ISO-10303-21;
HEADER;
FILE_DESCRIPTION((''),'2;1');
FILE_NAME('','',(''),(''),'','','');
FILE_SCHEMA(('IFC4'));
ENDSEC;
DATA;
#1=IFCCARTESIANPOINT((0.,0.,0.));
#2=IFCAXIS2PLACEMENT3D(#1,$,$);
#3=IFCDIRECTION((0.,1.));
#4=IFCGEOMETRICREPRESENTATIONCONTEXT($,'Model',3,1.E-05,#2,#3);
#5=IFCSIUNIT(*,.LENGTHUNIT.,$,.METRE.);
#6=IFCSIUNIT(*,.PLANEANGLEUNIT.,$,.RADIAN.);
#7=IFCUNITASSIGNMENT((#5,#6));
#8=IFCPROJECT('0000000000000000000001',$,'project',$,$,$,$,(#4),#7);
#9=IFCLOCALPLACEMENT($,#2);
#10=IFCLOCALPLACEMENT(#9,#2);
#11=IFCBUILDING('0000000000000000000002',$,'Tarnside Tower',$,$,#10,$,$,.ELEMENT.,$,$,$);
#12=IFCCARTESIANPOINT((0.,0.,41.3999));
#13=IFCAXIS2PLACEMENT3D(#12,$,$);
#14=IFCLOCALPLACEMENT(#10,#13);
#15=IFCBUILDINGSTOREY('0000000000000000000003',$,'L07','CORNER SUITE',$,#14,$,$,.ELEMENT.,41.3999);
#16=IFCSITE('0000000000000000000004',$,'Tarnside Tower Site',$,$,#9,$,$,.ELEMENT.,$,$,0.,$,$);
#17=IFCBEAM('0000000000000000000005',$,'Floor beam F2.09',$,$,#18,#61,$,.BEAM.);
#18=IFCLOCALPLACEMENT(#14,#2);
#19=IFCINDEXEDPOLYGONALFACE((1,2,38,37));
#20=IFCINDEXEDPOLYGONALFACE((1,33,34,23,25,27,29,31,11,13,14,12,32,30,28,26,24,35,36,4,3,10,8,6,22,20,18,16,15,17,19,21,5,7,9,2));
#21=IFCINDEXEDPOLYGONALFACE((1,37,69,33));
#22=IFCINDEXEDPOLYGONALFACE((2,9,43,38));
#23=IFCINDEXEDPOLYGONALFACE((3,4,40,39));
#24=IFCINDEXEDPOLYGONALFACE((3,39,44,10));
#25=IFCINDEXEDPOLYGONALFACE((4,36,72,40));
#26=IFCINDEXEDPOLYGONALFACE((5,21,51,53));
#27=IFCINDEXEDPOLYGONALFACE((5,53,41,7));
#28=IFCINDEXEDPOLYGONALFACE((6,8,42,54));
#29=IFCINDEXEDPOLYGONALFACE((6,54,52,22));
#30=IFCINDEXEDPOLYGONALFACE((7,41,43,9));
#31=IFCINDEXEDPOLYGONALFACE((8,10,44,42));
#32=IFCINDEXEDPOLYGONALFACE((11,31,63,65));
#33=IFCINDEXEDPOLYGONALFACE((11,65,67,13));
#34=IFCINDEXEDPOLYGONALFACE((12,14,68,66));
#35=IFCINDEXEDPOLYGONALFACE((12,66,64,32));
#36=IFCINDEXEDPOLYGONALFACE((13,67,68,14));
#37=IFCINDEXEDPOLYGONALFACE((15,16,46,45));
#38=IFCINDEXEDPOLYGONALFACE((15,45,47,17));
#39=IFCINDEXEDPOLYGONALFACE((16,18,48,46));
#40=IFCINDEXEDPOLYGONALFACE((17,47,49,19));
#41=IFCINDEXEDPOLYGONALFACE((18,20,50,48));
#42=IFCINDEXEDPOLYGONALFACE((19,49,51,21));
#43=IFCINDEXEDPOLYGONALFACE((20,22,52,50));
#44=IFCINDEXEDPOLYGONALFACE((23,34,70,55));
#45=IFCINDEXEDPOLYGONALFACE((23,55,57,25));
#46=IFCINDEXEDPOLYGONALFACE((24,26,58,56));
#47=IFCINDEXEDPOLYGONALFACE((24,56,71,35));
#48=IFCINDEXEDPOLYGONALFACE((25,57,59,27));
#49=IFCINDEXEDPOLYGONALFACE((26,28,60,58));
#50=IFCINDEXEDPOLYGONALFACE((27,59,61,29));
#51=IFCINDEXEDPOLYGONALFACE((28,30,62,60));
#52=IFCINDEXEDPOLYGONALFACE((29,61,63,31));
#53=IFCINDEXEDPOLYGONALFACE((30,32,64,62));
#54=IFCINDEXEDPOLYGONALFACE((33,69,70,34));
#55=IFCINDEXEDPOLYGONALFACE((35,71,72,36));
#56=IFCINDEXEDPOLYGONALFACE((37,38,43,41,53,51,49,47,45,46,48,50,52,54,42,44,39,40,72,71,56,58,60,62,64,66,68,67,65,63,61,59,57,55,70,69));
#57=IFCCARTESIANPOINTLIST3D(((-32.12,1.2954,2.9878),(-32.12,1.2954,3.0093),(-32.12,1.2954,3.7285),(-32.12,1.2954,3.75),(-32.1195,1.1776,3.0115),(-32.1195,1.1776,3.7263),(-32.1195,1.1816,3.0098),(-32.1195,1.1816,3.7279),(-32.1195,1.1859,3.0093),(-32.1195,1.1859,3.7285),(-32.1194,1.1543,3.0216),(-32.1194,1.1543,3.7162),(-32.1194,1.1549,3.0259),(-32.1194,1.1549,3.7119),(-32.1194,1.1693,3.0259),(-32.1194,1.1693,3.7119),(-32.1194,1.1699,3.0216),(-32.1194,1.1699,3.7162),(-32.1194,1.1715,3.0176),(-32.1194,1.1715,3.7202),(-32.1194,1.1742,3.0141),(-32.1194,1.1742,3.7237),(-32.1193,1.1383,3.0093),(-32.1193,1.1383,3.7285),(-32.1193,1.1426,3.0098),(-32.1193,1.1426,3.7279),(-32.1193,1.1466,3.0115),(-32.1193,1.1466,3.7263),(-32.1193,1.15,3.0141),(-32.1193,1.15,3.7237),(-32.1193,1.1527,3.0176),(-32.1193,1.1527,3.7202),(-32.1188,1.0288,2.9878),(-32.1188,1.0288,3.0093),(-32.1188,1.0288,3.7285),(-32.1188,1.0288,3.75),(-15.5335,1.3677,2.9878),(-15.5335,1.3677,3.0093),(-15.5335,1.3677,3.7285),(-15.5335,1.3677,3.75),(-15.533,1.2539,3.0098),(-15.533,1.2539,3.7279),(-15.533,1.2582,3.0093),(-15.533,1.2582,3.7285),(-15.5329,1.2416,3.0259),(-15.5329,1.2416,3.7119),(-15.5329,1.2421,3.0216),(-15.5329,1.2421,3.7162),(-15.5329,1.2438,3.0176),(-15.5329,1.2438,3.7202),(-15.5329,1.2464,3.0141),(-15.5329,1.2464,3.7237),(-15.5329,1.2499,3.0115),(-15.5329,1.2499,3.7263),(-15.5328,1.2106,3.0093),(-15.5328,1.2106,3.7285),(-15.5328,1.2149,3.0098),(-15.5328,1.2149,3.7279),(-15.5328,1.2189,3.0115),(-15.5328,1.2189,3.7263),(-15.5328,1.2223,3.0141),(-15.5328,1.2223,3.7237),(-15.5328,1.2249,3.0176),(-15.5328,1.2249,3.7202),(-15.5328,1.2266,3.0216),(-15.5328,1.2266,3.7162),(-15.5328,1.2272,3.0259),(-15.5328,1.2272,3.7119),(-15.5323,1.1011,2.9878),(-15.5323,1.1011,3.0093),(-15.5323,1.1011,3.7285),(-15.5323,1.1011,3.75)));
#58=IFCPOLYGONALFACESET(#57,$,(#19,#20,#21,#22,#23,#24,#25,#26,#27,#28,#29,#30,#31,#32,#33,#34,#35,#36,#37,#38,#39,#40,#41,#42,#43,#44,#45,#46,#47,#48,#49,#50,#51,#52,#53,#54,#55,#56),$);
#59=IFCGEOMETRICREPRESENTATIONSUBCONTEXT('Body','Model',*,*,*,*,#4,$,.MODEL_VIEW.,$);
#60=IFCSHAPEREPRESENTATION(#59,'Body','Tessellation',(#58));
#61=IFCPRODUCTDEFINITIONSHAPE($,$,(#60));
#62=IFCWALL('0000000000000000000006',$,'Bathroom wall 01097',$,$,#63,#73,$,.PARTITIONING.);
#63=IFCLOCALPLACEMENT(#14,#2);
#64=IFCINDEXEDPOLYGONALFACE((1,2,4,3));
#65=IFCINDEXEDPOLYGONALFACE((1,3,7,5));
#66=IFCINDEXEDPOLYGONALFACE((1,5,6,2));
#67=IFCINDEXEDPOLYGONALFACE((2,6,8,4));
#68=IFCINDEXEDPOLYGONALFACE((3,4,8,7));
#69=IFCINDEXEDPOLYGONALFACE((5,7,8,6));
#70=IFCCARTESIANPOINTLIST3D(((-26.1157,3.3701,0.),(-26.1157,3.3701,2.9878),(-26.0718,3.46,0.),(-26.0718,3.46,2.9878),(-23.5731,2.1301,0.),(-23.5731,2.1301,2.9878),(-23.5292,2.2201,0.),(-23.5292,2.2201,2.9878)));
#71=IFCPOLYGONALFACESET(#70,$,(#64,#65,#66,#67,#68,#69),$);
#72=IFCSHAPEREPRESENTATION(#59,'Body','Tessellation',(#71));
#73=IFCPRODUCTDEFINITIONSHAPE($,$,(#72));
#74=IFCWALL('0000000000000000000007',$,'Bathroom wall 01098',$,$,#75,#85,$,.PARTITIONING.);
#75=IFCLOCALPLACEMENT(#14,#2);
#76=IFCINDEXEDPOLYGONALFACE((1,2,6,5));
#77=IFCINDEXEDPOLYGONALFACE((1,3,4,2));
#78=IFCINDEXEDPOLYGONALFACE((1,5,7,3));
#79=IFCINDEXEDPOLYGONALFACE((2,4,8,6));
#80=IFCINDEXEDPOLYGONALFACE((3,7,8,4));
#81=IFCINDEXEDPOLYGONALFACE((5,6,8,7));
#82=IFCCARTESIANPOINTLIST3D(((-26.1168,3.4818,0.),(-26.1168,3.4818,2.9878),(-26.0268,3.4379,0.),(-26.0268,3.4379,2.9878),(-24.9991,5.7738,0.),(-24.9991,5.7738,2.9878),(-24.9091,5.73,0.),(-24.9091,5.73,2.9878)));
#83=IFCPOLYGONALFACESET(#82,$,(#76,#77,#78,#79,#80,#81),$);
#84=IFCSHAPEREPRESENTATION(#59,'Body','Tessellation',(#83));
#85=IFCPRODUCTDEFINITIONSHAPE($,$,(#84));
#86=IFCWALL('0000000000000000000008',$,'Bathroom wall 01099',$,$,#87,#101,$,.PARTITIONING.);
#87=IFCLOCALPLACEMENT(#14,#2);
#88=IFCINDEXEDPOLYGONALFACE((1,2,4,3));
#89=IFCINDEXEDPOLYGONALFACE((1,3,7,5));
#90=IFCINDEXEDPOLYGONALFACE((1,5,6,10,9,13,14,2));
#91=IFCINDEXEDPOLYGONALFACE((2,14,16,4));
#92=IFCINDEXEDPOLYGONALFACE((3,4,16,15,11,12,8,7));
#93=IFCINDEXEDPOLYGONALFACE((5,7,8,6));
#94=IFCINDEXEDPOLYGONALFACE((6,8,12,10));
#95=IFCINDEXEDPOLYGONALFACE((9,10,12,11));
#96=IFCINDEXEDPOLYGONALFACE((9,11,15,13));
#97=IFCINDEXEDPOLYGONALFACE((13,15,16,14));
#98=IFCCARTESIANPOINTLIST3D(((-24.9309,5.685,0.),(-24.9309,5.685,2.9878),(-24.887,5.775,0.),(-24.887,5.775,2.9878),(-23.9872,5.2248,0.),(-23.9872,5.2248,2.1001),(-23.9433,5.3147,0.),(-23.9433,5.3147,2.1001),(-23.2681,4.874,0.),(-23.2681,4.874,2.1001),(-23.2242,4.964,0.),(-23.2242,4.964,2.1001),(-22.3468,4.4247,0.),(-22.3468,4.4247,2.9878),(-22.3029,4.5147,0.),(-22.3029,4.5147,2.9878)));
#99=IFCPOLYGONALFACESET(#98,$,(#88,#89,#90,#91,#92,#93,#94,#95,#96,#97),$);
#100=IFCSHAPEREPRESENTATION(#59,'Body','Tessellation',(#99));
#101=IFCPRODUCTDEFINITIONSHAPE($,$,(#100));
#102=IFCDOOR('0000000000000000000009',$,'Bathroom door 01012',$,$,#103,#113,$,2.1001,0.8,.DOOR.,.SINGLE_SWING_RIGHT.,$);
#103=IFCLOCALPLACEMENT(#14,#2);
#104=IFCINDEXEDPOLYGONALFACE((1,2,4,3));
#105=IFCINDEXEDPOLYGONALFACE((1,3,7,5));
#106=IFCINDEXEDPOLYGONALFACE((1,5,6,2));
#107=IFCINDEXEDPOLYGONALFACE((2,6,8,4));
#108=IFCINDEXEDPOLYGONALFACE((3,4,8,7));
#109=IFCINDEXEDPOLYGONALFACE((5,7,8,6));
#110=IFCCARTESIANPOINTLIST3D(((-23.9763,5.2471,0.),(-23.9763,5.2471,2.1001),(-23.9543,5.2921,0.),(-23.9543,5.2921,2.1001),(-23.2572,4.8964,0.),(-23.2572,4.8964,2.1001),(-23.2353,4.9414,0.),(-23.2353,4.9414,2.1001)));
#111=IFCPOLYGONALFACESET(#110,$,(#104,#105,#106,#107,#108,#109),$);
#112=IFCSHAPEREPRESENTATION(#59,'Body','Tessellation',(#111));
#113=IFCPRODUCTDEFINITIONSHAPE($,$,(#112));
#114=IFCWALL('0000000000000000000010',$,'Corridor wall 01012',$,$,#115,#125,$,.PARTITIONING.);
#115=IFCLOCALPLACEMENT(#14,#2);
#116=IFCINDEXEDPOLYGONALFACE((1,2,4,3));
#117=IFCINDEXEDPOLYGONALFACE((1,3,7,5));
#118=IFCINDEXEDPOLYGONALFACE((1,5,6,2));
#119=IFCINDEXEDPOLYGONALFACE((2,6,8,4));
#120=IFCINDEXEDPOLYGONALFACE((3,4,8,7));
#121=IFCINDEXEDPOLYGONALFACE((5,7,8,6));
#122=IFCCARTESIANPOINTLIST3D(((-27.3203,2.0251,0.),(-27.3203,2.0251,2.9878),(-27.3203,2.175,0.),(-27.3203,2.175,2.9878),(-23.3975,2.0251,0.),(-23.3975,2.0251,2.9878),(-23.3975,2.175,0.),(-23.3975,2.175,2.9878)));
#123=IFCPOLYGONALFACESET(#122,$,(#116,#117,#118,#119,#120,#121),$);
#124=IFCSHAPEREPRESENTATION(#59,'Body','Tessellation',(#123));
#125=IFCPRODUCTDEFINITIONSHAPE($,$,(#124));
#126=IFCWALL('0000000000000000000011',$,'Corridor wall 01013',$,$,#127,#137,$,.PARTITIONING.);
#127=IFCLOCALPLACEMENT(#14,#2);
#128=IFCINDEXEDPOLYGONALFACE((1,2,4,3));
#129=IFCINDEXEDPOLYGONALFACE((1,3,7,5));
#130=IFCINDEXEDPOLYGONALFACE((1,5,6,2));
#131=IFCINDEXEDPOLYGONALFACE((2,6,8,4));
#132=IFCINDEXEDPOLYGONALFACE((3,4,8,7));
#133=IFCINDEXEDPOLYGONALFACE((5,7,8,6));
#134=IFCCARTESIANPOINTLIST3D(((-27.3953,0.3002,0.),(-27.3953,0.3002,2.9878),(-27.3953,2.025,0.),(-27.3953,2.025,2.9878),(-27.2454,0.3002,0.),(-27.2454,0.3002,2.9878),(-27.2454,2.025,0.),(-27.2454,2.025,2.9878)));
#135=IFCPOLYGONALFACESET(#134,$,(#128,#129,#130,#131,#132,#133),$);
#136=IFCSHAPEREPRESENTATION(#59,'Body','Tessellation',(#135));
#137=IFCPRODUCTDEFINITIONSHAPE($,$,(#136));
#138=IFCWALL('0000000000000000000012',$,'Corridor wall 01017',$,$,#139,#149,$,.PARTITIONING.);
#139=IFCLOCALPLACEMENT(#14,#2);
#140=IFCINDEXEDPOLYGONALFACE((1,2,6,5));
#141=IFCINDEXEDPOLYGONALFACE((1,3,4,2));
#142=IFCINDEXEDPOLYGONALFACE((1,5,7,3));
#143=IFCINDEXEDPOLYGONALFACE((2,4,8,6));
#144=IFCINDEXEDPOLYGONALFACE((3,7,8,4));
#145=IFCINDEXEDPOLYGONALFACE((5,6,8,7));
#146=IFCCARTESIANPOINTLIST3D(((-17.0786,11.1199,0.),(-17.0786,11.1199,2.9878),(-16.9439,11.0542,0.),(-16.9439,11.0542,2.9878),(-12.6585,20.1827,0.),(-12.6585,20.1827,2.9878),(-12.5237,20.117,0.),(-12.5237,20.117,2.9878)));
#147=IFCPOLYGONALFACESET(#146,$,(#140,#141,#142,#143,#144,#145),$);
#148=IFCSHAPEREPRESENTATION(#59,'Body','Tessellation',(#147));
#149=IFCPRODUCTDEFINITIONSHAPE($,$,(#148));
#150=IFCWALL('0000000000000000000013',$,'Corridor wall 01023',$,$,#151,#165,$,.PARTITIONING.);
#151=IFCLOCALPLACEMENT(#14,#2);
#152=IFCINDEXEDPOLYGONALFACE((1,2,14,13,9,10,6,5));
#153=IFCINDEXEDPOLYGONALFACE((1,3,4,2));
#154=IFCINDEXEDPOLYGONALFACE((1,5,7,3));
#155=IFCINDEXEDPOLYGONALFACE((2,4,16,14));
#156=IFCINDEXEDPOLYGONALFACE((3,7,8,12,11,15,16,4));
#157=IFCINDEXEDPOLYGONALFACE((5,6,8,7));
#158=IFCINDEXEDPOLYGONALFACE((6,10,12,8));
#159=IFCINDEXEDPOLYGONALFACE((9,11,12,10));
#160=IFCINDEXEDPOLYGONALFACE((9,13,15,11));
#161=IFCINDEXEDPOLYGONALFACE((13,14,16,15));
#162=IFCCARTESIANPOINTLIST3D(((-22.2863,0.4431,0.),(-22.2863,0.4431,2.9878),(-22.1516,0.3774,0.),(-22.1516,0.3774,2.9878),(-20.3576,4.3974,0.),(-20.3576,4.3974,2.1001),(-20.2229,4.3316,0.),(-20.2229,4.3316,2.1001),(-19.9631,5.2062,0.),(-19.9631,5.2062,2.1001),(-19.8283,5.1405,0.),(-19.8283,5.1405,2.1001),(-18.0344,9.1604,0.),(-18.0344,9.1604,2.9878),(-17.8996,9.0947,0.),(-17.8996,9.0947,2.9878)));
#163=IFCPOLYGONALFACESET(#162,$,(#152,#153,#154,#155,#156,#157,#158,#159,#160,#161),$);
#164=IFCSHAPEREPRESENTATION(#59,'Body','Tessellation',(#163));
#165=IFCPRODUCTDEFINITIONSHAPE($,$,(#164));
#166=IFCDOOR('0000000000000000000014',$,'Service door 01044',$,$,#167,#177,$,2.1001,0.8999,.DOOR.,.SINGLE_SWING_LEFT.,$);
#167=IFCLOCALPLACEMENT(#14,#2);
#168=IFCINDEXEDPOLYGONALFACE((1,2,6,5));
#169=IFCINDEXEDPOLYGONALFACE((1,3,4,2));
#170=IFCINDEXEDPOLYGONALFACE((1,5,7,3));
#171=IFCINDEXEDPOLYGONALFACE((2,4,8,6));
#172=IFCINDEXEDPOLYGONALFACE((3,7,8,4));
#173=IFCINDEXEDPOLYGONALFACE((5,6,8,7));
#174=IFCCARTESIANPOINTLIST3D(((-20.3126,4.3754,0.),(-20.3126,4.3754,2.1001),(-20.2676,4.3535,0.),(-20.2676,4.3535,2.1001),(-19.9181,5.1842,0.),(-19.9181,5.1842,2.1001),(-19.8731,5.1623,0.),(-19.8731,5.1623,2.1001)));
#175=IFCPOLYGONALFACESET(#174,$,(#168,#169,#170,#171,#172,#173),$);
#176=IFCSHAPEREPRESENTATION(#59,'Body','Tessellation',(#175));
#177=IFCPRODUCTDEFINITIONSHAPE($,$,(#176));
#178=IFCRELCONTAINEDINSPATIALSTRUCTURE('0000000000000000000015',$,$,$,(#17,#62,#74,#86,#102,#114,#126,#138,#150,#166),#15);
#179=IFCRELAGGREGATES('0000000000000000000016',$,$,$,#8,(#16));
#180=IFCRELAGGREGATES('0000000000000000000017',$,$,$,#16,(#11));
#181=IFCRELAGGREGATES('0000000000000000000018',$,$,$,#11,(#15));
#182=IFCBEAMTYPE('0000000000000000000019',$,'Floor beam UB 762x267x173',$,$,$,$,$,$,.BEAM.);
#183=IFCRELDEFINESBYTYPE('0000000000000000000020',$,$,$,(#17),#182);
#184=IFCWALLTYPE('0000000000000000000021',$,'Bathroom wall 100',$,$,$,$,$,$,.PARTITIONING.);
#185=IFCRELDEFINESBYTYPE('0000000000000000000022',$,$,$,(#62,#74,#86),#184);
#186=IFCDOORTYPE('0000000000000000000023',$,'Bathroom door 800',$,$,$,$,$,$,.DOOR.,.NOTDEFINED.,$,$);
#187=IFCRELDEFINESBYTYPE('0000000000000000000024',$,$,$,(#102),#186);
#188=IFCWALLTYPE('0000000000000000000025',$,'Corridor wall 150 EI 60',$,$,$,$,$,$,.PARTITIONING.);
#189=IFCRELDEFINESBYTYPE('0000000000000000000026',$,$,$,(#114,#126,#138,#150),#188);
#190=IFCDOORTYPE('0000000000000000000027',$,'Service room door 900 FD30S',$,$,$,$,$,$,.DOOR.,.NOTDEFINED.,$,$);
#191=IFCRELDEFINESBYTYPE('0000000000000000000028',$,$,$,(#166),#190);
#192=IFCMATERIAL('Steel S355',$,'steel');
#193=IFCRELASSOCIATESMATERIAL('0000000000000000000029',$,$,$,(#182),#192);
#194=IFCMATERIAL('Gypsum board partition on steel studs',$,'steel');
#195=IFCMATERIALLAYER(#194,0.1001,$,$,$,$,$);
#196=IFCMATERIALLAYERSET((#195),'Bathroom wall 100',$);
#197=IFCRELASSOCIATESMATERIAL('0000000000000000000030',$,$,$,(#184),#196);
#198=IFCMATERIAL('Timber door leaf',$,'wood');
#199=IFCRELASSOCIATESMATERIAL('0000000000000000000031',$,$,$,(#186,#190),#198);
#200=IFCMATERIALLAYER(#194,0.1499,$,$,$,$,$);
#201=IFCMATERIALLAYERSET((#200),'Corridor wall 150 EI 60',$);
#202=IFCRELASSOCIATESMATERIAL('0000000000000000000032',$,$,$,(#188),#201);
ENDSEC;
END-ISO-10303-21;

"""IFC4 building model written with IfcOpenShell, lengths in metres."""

from ifc_helpers import new_model, si_unit, direction, frame, frame_2d, origin, origin_2d, place, context, subcontext, project, spatial, rectangle, i_section, extrude, material, layer, layer_set, material_profile, profile_set, type_object, element, fill, save


model = new_model("IFC4")

# Units and contexts
model_context = context("Model", 3, precision=1e-05, world=origin(), true_north=direction((0.0, 1.0)))
body_context = subcontext(model_context, "Body", "Model", "MODEL_VIEW")
ifc_project = project(units=[si_unit("LENGTHUNIT", "METRE"), si_unit("PLANEANGLEUNIT", "RADIAN")], contexts=[model_context])

# Site, building, storey
site_placement = place(None, origin())
site = spatial("IfcSite", under=ifc_project, at=site_placement, Name="Tarnside Tower Site", CompositionType="ELEMENT", RefElevation=0.0)
building_placement = place(site_placement, origin())
building = spatial("IfcBuilding", under=site, at=building_placement, Name="Tarnside Tower", CompositionType="ELEMENT")
storey_placement = place(building_placement, frame((0.0, 0.0, 41.3999)))
storey = spatial("IfcBuildingStorey", under=building, at=storey_placement, Name="L07", Description="CORNER SUITE", CompositionType="ELEMENT", Elevation=41.3999)

# Beam
ifc_material_1 = material(Name="Steel S355", Category="steel")
ifc_material_profile_1 = material_profile(ifc_material_1, i_section(OverallWidth=0.2666, OverallDepth=0.7622, WebThickness=0.0144, FlangeThickness=0.0215, FilletRadius=0.0166, at=origin_2d()), Name="UB 762x267x173")
ifc_profile_set_1 = profile_set([ifc_material_profile_1], Name="Steel S355")
beam_type_1 = type_object("IfcBeamType", Name="Floor beam UB 762x267x173", PredefinedType="BEAM", material=ifc_profile_set_1)
beam_1_placement = place(storey_placement, frame((-32.1194, 1.1621, 3.3689), z_axis=(0.999991, 0.004357, 0.0), x_axis=(-0.004357, 0.999991, 0.0)))
element("IfcBeam", 1, at=beam_1_placement, inside=storey, type_object=beam_type_1, Name="Floor beam F2.09", PredefinedType="BEAM", context=body_context, shape_type="SweptSolid", body=[
    extrude(i_section(OverallWidth=0.2666, OverallDepth=0.7622, WebThickness=0.0144, FlangeThickness=0.0215, FilletRadius=0.0166, at=origin_2d()), origin(), (0.0, 0.0, 1.0), 16.5867),
])

# Walls
ifc_material_2 = material(Name="Gypsum board partition on steel studs", Category="steel")
ifc_layer_1 = layer(ifc_material_2, 0.1001)
ifc_layer_set_1 = layer_set([ifc_layer_1], Name="Bathroom wall 100")
wall_type_1 = type_object("IfcWallType", Name="Bathroom wall 100", PredefinedType="PARTITIONING", material=ifc_layer_set_1)
wall_1_placement = place(storey_placement, frame((-23.551, 2.175, 0.0), z_axis=(0.0, 0.0, 1.0), x_axis=(-0.898819, 0.43832, 0.0)))
element("IfcWall", 2, at=wall_1_placement, inside=storey, type_object=wall_type_1, Name="Bathroom wall 01097", PredefinedType="PARTITIONING", context=body_context, shape_type="SweptSolid", body=[
    extrude(rectangle(XDim=2.8289, YDim=0.1001, at=frame_2d((1.4146, 0.0))), origin(), (0.0, 0.0, 1.0), 2.9878),
])
wall_2_placement = place(storey_placement, frame((-26.0718, 3.46, 0.0), z_axis=(0.0, 0.0, 1.0), x_axis=(0.438307, 0.898825, 0.0)))
element("IfcWall", 3, at=wall_2_placement, inside=storey, type_object=wall_type_1, Name="Bathroom wall 01098", PredefinedType="PARTITIONING", context=body_context, shape_type="SweptSolid", body=[
    extrude(rectangle(XDim=2.55, YDim=0.1001, at=frame_2d((1.2749, 0.0))), origin(), (0.0, 0.0, 1.0), 2.9878),
])

# Wall, opening, door
wall_3_placement = place(storey_placement, frame((-24.9089, 5.73, 0.0), z_axis=(0.0, 0.0, 1.0), x_axis=(0.898799, -0.43836, 0.0)))
wall_3 = element("IfcWall", 4, at=wall_3_placement, inside=storey, type_object=wall_type_1, Name="Bathroom wall 01099", PredefinedType="PARTITIONING", context=body_context, shape_type="SweptSolid", body=[
    extrude(rectangle(XDim=2.875, YDim=0.1001, at=frame_2d((1.4375, 0.0))), origin(), (0.0, 0.0, 1.0), 2.9878),
])
opening_1_placement = place(wall_3_placement, frame((1.05, 0.0, 0.0)))
opening_1 = element("IfcOpeningElement", 5, at=opening_1_placement, cuts=wall_3, PredefinedType="OPENING", context=body_context, shape_type="SweptSolid", body=[
    extrude(rectangle(XDim=0.8, YDim=2.1001, at=frame_2d((0.3999, 1.05))), frame((0.0, 0.0601, 0.0), z_axis=(0.0, -1.0, 0.0), x_axis=(1.0, 0.0, 0.0)), (0.0, 0.0, 1.0), 0.1201),
])
ifc_material_3 = material(Name="Timber door leaf", Category="wood")
door_type_1 = type_object("IfcDoorType", Name="Bathroom door 800", OperationType="NOTDEFINED", PredefinedType="DOOR", material=ifc_material_3)
door_1_placement = place(opening_1_placement, origin())
door_1 = element("IfcDoor", 6, at=door_1_placement, inside=storey, type_object=door_type_1, Name="Bathroom door 01012", OperationType="SINGLE_SWING_RIGHT", OverallHeight=2.1001, OverallWidth=0.8, PredefinedType="DOOR", context=body_context, shape_type="SweptSolid", body=[
    extrude(rectangle(XDim=0.8, YDim=2.1001, at=frame_2d((0.3999, 1.05))), frame((0.0, 0.0249, 0.0), z_axis=(0.0, -1.0, 0.0), x_axis=(1.0, 0.0, 0.0)), (0.0, 0.0, 1.0), 0.05),
])
fill(opening_1, door_1)

# Walls
ifc_layer_2 = layer(ifc_material_2, 0.1499)
ifc_layer_set_2 = layer_set([ifc_layer_2], Name="Corridor wall 150 EI 60")
wall_type_2 = type_object("IfcWallType", Name="Corridor wall 150 EI 60", PredefinedType="PARTITIONING", material=ifc_layer_set_2)
wall_4_placement = place(storey_placement, frame((-23.3975, 2.1001, 0.0), z_axis=(0.0, 0.0, 1.0), x_axis=(-1.0, 0.0, 0.0)))
element("IfcWall", 7, at=wall_4_placement, inside=storey, type_object=wall_type_2, Name="Corridor wall 01012", PredefinedType="PARTITIONING", context=body_context, shape_type="SweptSolid", body=[
    extrude(rectangle(XDim=3.9229, YDim=0.1499, at=frame_2d((1.9614, 0.0))), origin(), (0.0, 0.0, 1.0), 2.9878),
])
wall_5_placement = place(storey_placement, frame((-27.3203, 2.0249, 0.0), z_axis=(0.0, 0.0, 1.0), x_axis=(0.0, -1.0, 0.0)))
element("IfcWall", 8, at=wall_5_placement, inside=storey, type_object=wall_type_2, Name="Corridor wall 01013", PredefinedType="PARTITIONING", context=body_context, shape_type="SweptSolid", body=[
    extrude(rectangle(XDim=1.7249, YDim=0.1499, at=frame_2d((0.8623, 0.0))), origin(), (0.0, 0.0, 1.0), 2.9878),
])
wall_6_placement = place(storey_placement, frame((-17.0112, 11.0872, 0.0), z_axis=(0.0, 0.0, 1.0), x_axis=(0.438369, 0.898795, 0.0)))
element("IfcWall", 9, at=wall_6_placement, inside=storey, type_object=wall_type_2, Name="Corridor wall 01017", PredefinedType="PARTITIONING", context=body_context, shape_type="SweptSolid", body=[
    extrude(rectangle(XDim=10.0833, YDim=0.1499, at=frame_2d((5.0415, 0.0))), origin(), (0.0, 0.0, 1.0), 2.9878),
])

# Wall, opening, door
wall_7_placement = place(storey_placement, frame((-22.219, 0.4102, 0.0), z_axis=(0.0, 0.0, 1.0), x_axis=(0.438392, 0.898784, 0.0)))
wall_7 = element("IfcWall", 10, at=wall_7_placement, inside=storey, type_object=wall_type_2, Name="Corridor wall 01023", PredefinedType="PARTITIONING", context=body_context, shape_type="SweptSolid", body=[
    extrude(rectangle(XDim=9.699, YDim=0.1499, at=frame_2d((4.8496, 0.0))), origin(), (0.0, 0.0, 1.0), 2.9878),
])
opening_2_placement = place(wall_7_placement, frame((4.3997, 0.0, 0.0)))
opening_2 = element("IfcOpeningElement", 11, at=opening_2_placement, cuts=wall_7, PredefinedType="OPENING", context=body_context, shape_type="SweptSolid", body=[
    extrude(rectangle(XDim=0.8999, YDim=2.1001, at=frame_2d((0.45, 1.05))), frame((0.0, 0.085, 0.0), z_axis=(0.0, -1.0, 0.0), x_axis=(1.0, 0.0, 0.0)), (0.0, 0.0, 1.0), 0.1699),
])
door_type_2 = type_object("IfcDoorType", Name="Service room door 900 FD30S", OperationType="NOTDEFINED", PredefinedType="DOOR", material=ifc_material_3)
door_2_placement = place(opening_2_placement, origin())
door_2 = element("IfcDoor", 12, at=door_2_placement, inside=storey, type_object=door_type_2, Name="Service door 01044", OperationType="SINGLE_SWING_LEFT", OverallHeight=2.1001, OverallWidth=0.8999, PredefinedType="DOOR", context=body_context, shape_type="SweptSolid", body=[
    extrude(rectangle(XDim=0.8999, YDim=2.1001, at=frame_2d((0.45, 1.05))), frame((0.0, 0.0249, 0.0), z_axis=(0.0, -1.0, 0.0), x_axis=(1.0, 0.0, 0.0)), (0.0, 0.0, 1.0), 0.05),
])
fill(opening_2, door_2)

save(model, "model.ifc")
